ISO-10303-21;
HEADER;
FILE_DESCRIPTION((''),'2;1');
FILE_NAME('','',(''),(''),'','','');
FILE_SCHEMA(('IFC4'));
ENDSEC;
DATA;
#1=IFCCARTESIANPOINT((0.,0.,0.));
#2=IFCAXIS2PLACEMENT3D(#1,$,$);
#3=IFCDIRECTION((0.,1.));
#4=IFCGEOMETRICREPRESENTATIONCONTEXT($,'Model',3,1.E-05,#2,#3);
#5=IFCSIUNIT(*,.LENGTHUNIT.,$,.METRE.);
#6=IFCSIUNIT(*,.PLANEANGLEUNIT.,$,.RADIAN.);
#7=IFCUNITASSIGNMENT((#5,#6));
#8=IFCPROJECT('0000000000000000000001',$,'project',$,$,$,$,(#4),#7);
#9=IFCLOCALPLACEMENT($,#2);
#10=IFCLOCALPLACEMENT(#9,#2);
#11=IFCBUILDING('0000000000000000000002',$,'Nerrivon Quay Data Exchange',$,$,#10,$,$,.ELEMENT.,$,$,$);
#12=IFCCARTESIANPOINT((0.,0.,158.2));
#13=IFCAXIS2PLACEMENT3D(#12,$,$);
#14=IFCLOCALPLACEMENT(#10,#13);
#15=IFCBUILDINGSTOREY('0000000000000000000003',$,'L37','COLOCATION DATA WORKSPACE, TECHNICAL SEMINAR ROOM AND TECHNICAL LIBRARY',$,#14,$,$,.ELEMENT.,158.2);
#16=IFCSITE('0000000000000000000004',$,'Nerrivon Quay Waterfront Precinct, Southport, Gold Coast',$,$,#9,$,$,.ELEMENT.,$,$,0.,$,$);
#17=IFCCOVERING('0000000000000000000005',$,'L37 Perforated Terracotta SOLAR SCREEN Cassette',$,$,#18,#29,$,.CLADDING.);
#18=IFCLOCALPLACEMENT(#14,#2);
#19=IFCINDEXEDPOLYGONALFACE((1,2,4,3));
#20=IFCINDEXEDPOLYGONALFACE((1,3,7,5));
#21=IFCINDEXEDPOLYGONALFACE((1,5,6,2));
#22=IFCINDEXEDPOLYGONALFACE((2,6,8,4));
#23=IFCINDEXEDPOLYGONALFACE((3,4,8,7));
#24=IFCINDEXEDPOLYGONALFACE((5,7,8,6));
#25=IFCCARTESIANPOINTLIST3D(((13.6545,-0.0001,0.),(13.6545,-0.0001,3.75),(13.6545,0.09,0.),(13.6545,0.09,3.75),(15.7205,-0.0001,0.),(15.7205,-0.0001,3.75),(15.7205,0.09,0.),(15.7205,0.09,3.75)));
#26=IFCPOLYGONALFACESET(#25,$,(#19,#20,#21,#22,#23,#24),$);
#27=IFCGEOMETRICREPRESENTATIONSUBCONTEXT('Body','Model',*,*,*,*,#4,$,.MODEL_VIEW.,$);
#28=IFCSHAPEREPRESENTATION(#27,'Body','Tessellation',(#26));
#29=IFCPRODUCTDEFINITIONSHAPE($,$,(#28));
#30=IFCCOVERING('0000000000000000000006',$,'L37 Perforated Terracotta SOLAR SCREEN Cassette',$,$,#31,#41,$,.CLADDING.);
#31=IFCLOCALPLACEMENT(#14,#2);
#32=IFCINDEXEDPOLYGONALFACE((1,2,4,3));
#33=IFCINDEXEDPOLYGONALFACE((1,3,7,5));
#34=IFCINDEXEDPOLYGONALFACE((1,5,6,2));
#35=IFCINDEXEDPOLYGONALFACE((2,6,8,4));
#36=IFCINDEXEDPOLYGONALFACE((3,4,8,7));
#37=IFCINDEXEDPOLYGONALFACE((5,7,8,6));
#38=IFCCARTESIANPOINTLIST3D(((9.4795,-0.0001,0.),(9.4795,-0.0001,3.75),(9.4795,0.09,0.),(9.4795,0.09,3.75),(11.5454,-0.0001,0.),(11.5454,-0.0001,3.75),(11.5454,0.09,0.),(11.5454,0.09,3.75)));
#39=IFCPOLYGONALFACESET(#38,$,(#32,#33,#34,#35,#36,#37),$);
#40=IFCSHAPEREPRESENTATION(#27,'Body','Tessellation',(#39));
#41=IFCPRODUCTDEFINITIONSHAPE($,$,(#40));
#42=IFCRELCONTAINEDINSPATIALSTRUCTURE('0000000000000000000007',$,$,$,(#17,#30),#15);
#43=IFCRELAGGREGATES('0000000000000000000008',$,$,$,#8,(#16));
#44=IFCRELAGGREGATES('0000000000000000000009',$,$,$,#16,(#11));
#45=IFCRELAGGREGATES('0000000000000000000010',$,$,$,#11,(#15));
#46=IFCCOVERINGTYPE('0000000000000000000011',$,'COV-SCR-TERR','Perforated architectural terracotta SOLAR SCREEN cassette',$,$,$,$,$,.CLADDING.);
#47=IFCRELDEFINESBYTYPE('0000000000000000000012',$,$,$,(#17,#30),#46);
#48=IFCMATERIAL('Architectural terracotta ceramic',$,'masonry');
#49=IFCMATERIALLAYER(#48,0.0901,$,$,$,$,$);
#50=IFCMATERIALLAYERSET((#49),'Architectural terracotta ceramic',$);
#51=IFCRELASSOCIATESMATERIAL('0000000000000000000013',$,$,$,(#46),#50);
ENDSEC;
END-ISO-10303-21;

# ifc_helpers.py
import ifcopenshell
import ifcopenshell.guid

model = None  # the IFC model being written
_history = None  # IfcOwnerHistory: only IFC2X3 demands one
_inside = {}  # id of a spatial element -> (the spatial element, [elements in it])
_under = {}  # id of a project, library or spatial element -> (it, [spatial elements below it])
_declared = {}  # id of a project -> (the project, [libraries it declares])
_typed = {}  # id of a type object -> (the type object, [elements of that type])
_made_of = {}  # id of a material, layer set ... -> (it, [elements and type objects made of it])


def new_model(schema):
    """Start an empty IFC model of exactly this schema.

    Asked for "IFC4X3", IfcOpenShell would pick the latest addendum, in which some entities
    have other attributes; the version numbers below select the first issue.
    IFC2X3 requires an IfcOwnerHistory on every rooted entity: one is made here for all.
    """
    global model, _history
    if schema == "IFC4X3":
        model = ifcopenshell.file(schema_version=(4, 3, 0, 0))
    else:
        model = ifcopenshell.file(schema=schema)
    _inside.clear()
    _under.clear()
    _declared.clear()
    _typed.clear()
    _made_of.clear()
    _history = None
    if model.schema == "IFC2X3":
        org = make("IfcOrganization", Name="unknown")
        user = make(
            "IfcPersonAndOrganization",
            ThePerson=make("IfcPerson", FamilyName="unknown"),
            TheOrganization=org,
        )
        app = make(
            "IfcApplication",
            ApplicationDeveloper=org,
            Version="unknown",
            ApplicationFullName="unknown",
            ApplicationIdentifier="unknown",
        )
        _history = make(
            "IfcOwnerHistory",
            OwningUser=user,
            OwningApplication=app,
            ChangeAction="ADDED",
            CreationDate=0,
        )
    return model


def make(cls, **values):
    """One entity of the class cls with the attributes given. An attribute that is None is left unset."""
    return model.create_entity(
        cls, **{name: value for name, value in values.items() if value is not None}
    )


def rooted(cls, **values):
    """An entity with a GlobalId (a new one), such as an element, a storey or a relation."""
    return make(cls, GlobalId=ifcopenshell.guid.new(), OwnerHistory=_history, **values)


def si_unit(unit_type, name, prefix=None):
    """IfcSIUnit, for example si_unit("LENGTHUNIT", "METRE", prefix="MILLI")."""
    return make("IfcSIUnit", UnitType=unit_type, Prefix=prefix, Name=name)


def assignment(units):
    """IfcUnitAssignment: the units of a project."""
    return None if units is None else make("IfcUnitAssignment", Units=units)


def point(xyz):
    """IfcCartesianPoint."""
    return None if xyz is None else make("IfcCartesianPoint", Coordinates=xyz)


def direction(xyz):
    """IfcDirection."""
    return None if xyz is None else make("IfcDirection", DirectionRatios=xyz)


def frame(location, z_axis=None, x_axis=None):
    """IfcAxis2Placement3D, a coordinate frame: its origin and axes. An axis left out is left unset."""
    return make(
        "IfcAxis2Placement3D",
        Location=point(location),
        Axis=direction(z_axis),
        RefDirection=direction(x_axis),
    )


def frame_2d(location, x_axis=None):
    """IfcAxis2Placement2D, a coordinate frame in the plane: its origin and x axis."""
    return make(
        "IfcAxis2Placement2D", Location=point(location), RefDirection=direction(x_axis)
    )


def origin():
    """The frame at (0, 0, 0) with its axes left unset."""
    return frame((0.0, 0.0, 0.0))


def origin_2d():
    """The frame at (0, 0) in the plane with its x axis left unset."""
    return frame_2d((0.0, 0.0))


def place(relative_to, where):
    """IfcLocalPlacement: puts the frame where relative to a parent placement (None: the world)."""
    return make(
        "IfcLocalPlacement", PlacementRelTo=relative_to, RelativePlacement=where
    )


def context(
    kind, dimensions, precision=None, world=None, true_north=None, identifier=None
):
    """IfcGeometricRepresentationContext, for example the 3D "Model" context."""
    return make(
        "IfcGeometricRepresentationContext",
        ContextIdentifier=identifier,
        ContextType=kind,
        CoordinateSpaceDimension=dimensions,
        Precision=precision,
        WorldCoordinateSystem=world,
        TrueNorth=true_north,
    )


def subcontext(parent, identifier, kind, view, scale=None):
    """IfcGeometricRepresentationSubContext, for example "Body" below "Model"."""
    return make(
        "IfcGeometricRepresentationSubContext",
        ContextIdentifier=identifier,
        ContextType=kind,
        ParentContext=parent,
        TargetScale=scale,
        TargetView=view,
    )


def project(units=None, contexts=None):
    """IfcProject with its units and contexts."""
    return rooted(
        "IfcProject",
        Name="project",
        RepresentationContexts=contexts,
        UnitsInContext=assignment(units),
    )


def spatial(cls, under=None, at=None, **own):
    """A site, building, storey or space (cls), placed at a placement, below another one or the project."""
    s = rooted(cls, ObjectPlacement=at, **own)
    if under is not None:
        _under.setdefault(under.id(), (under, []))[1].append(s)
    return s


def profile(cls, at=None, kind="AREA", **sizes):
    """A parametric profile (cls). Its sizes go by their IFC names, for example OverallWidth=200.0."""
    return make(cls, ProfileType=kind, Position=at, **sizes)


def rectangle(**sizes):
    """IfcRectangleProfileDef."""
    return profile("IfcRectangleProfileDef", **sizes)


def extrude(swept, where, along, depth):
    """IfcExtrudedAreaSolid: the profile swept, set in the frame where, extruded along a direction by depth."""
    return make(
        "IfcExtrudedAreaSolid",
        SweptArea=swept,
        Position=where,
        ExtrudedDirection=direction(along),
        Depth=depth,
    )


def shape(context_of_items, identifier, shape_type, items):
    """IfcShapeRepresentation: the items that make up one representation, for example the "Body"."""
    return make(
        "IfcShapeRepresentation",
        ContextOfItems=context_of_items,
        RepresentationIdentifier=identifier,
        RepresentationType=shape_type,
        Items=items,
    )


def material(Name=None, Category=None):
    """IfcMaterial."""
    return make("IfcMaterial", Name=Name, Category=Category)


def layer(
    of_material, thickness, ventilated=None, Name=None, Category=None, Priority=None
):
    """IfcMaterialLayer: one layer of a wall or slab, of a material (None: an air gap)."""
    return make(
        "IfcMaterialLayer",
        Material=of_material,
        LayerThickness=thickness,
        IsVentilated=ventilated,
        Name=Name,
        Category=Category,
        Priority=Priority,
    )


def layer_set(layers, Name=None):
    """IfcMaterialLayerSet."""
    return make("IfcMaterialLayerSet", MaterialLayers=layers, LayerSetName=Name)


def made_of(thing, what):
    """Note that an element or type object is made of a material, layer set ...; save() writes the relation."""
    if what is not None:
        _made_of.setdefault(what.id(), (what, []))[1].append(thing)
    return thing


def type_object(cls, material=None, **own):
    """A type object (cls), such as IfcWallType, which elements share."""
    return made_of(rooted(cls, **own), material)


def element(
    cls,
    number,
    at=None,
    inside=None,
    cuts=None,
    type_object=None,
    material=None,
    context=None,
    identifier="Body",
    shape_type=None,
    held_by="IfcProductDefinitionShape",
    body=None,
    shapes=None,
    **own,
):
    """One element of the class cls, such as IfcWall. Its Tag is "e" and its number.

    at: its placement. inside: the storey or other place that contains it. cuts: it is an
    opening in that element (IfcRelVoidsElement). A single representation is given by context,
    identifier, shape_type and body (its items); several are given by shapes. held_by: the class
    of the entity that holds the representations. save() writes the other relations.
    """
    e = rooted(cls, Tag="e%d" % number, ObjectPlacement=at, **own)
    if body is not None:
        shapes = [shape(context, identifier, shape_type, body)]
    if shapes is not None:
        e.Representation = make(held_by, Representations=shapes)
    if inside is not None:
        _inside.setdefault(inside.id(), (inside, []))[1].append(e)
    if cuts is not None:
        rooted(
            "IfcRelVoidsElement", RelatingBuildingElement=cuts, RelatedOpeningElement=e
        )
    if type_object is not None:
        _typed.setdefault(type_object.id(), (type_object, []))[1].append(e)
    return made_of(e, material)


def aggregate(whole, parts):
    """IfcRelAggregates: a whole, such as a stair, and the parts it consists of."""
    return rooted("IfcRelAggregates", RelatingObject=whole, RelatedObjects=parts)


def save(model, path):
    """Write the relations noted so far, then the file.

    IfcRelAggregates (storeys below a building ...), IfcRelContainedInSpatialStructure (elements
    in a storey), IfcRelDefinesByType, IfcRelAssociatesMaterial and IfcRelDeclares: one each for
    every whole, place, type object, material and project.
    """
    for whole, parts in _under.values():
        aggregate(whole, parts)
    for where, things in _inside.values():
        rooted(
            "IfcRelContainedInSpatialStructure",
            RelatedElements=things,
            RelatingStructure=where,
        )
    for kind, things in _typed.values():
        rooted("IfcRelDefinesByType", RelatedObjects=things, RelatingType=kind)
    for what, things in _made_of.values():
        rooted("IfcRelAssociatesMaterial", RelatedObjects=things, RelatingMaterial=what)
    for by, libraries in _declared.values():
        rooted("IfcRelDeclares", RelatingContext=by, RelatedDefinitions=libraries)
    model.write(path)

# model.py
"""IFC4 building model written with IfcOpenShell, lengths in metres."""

from ifc_helpers import new_model, si_unit, direction, frame, origin, origin_2d, place, context, subcontext, project, spatial, rectangle, extrude, material, layer, layer_set, type_object, element, save


model = new_model("IFC4")

# Units and contexts
model_context = context("Model", 3, precision=1e-05, world=origin(), true_north=direction((0.0, 1.0)))
body_context = subcontext(model_context, "Body", "Model", "MODEL_VIEW")
ifc_project = project(units=[si_unit("LENGTHUNIT", "METRE"), si_unit("PLANEANGLEUNIT", "RADIAN")], contexts=[model_context])

# Site, building, storey
site_placement = place(None, origin())
site = spatial("IfcSite", under=ifc_project, at=site_placement, Name="Nerrivon Quay Waterfront Precinct, Southport, Gold Coast", CompositionType="ELEMENT", RefElevation=0.0)
building_placement = place(site_placement, origin())
building = spatial("IfcBuilding", under=site, at=building_placement, Name="Nerrivon Quay Data Exchange", CompositionType="ELEMENT")
storey_placement = place(building_placement, frame((0.0, 0.0, 158.2)))
storey = spatial("IfcBuildingStorey", under=building, at=storey_placement, Name="L37", Description="COLOCATION DATA WORKSPACE, TECHNICAL SEMINAR ROOM AND TECHNICAL LIBRARY", CompositionType="ELEMENT", Elevation=158.2)

# Coverings
ifc_material_1 = material(Name="Architectural terracotta ceramic", Category="masonry")
ifc_layer_1 = layer(ifc_material_1, 0.0901)
ifc_layer_set_1 = layer_set([ifc_layer_1], Name="Architectural terracotta ceramic")
covering_type = type_object("IfcCoveringType", Name="COV-SCR-TERR", Description="Perforated architectural terracotta SOLAR SCREEN cassette", PredefinedType="CLADDING", material=ifc_layer_set_1)
for number, where, z_axis, x_axis, name in (
    (1, (14.6875, 0.0449, 0.0), (0.0, 0.0, 1.0), (-1.0, 0.0, 0.0), "L37 Perforated Terracotta SOLAR SCREEN Cassette"),
    (2, (10.5125, 0.0449, 0.0), (0.0, 0.0, 1.0), (-1.0, 0.0, 0.0), "L37 Perforated Terracotta SOLAR SCREEN Cassette"),
):
    element("IfcCovering", number, at=place(storey_placement, frame(where, z_axis=z_axis, x_axis=x_axis)), inside=storey, type_object=covering_type, Name=name, PredefinedType="CLADDING", context=body_context, shape_type="SweptSolid", body=[
        extrude(rectangle(XDim=2.0659, YDim=0.0901, at=origin_2d()), origin(), (0.0, 0.0, 1.0), 3.75),
    ])

save(model, "model.ifc")
